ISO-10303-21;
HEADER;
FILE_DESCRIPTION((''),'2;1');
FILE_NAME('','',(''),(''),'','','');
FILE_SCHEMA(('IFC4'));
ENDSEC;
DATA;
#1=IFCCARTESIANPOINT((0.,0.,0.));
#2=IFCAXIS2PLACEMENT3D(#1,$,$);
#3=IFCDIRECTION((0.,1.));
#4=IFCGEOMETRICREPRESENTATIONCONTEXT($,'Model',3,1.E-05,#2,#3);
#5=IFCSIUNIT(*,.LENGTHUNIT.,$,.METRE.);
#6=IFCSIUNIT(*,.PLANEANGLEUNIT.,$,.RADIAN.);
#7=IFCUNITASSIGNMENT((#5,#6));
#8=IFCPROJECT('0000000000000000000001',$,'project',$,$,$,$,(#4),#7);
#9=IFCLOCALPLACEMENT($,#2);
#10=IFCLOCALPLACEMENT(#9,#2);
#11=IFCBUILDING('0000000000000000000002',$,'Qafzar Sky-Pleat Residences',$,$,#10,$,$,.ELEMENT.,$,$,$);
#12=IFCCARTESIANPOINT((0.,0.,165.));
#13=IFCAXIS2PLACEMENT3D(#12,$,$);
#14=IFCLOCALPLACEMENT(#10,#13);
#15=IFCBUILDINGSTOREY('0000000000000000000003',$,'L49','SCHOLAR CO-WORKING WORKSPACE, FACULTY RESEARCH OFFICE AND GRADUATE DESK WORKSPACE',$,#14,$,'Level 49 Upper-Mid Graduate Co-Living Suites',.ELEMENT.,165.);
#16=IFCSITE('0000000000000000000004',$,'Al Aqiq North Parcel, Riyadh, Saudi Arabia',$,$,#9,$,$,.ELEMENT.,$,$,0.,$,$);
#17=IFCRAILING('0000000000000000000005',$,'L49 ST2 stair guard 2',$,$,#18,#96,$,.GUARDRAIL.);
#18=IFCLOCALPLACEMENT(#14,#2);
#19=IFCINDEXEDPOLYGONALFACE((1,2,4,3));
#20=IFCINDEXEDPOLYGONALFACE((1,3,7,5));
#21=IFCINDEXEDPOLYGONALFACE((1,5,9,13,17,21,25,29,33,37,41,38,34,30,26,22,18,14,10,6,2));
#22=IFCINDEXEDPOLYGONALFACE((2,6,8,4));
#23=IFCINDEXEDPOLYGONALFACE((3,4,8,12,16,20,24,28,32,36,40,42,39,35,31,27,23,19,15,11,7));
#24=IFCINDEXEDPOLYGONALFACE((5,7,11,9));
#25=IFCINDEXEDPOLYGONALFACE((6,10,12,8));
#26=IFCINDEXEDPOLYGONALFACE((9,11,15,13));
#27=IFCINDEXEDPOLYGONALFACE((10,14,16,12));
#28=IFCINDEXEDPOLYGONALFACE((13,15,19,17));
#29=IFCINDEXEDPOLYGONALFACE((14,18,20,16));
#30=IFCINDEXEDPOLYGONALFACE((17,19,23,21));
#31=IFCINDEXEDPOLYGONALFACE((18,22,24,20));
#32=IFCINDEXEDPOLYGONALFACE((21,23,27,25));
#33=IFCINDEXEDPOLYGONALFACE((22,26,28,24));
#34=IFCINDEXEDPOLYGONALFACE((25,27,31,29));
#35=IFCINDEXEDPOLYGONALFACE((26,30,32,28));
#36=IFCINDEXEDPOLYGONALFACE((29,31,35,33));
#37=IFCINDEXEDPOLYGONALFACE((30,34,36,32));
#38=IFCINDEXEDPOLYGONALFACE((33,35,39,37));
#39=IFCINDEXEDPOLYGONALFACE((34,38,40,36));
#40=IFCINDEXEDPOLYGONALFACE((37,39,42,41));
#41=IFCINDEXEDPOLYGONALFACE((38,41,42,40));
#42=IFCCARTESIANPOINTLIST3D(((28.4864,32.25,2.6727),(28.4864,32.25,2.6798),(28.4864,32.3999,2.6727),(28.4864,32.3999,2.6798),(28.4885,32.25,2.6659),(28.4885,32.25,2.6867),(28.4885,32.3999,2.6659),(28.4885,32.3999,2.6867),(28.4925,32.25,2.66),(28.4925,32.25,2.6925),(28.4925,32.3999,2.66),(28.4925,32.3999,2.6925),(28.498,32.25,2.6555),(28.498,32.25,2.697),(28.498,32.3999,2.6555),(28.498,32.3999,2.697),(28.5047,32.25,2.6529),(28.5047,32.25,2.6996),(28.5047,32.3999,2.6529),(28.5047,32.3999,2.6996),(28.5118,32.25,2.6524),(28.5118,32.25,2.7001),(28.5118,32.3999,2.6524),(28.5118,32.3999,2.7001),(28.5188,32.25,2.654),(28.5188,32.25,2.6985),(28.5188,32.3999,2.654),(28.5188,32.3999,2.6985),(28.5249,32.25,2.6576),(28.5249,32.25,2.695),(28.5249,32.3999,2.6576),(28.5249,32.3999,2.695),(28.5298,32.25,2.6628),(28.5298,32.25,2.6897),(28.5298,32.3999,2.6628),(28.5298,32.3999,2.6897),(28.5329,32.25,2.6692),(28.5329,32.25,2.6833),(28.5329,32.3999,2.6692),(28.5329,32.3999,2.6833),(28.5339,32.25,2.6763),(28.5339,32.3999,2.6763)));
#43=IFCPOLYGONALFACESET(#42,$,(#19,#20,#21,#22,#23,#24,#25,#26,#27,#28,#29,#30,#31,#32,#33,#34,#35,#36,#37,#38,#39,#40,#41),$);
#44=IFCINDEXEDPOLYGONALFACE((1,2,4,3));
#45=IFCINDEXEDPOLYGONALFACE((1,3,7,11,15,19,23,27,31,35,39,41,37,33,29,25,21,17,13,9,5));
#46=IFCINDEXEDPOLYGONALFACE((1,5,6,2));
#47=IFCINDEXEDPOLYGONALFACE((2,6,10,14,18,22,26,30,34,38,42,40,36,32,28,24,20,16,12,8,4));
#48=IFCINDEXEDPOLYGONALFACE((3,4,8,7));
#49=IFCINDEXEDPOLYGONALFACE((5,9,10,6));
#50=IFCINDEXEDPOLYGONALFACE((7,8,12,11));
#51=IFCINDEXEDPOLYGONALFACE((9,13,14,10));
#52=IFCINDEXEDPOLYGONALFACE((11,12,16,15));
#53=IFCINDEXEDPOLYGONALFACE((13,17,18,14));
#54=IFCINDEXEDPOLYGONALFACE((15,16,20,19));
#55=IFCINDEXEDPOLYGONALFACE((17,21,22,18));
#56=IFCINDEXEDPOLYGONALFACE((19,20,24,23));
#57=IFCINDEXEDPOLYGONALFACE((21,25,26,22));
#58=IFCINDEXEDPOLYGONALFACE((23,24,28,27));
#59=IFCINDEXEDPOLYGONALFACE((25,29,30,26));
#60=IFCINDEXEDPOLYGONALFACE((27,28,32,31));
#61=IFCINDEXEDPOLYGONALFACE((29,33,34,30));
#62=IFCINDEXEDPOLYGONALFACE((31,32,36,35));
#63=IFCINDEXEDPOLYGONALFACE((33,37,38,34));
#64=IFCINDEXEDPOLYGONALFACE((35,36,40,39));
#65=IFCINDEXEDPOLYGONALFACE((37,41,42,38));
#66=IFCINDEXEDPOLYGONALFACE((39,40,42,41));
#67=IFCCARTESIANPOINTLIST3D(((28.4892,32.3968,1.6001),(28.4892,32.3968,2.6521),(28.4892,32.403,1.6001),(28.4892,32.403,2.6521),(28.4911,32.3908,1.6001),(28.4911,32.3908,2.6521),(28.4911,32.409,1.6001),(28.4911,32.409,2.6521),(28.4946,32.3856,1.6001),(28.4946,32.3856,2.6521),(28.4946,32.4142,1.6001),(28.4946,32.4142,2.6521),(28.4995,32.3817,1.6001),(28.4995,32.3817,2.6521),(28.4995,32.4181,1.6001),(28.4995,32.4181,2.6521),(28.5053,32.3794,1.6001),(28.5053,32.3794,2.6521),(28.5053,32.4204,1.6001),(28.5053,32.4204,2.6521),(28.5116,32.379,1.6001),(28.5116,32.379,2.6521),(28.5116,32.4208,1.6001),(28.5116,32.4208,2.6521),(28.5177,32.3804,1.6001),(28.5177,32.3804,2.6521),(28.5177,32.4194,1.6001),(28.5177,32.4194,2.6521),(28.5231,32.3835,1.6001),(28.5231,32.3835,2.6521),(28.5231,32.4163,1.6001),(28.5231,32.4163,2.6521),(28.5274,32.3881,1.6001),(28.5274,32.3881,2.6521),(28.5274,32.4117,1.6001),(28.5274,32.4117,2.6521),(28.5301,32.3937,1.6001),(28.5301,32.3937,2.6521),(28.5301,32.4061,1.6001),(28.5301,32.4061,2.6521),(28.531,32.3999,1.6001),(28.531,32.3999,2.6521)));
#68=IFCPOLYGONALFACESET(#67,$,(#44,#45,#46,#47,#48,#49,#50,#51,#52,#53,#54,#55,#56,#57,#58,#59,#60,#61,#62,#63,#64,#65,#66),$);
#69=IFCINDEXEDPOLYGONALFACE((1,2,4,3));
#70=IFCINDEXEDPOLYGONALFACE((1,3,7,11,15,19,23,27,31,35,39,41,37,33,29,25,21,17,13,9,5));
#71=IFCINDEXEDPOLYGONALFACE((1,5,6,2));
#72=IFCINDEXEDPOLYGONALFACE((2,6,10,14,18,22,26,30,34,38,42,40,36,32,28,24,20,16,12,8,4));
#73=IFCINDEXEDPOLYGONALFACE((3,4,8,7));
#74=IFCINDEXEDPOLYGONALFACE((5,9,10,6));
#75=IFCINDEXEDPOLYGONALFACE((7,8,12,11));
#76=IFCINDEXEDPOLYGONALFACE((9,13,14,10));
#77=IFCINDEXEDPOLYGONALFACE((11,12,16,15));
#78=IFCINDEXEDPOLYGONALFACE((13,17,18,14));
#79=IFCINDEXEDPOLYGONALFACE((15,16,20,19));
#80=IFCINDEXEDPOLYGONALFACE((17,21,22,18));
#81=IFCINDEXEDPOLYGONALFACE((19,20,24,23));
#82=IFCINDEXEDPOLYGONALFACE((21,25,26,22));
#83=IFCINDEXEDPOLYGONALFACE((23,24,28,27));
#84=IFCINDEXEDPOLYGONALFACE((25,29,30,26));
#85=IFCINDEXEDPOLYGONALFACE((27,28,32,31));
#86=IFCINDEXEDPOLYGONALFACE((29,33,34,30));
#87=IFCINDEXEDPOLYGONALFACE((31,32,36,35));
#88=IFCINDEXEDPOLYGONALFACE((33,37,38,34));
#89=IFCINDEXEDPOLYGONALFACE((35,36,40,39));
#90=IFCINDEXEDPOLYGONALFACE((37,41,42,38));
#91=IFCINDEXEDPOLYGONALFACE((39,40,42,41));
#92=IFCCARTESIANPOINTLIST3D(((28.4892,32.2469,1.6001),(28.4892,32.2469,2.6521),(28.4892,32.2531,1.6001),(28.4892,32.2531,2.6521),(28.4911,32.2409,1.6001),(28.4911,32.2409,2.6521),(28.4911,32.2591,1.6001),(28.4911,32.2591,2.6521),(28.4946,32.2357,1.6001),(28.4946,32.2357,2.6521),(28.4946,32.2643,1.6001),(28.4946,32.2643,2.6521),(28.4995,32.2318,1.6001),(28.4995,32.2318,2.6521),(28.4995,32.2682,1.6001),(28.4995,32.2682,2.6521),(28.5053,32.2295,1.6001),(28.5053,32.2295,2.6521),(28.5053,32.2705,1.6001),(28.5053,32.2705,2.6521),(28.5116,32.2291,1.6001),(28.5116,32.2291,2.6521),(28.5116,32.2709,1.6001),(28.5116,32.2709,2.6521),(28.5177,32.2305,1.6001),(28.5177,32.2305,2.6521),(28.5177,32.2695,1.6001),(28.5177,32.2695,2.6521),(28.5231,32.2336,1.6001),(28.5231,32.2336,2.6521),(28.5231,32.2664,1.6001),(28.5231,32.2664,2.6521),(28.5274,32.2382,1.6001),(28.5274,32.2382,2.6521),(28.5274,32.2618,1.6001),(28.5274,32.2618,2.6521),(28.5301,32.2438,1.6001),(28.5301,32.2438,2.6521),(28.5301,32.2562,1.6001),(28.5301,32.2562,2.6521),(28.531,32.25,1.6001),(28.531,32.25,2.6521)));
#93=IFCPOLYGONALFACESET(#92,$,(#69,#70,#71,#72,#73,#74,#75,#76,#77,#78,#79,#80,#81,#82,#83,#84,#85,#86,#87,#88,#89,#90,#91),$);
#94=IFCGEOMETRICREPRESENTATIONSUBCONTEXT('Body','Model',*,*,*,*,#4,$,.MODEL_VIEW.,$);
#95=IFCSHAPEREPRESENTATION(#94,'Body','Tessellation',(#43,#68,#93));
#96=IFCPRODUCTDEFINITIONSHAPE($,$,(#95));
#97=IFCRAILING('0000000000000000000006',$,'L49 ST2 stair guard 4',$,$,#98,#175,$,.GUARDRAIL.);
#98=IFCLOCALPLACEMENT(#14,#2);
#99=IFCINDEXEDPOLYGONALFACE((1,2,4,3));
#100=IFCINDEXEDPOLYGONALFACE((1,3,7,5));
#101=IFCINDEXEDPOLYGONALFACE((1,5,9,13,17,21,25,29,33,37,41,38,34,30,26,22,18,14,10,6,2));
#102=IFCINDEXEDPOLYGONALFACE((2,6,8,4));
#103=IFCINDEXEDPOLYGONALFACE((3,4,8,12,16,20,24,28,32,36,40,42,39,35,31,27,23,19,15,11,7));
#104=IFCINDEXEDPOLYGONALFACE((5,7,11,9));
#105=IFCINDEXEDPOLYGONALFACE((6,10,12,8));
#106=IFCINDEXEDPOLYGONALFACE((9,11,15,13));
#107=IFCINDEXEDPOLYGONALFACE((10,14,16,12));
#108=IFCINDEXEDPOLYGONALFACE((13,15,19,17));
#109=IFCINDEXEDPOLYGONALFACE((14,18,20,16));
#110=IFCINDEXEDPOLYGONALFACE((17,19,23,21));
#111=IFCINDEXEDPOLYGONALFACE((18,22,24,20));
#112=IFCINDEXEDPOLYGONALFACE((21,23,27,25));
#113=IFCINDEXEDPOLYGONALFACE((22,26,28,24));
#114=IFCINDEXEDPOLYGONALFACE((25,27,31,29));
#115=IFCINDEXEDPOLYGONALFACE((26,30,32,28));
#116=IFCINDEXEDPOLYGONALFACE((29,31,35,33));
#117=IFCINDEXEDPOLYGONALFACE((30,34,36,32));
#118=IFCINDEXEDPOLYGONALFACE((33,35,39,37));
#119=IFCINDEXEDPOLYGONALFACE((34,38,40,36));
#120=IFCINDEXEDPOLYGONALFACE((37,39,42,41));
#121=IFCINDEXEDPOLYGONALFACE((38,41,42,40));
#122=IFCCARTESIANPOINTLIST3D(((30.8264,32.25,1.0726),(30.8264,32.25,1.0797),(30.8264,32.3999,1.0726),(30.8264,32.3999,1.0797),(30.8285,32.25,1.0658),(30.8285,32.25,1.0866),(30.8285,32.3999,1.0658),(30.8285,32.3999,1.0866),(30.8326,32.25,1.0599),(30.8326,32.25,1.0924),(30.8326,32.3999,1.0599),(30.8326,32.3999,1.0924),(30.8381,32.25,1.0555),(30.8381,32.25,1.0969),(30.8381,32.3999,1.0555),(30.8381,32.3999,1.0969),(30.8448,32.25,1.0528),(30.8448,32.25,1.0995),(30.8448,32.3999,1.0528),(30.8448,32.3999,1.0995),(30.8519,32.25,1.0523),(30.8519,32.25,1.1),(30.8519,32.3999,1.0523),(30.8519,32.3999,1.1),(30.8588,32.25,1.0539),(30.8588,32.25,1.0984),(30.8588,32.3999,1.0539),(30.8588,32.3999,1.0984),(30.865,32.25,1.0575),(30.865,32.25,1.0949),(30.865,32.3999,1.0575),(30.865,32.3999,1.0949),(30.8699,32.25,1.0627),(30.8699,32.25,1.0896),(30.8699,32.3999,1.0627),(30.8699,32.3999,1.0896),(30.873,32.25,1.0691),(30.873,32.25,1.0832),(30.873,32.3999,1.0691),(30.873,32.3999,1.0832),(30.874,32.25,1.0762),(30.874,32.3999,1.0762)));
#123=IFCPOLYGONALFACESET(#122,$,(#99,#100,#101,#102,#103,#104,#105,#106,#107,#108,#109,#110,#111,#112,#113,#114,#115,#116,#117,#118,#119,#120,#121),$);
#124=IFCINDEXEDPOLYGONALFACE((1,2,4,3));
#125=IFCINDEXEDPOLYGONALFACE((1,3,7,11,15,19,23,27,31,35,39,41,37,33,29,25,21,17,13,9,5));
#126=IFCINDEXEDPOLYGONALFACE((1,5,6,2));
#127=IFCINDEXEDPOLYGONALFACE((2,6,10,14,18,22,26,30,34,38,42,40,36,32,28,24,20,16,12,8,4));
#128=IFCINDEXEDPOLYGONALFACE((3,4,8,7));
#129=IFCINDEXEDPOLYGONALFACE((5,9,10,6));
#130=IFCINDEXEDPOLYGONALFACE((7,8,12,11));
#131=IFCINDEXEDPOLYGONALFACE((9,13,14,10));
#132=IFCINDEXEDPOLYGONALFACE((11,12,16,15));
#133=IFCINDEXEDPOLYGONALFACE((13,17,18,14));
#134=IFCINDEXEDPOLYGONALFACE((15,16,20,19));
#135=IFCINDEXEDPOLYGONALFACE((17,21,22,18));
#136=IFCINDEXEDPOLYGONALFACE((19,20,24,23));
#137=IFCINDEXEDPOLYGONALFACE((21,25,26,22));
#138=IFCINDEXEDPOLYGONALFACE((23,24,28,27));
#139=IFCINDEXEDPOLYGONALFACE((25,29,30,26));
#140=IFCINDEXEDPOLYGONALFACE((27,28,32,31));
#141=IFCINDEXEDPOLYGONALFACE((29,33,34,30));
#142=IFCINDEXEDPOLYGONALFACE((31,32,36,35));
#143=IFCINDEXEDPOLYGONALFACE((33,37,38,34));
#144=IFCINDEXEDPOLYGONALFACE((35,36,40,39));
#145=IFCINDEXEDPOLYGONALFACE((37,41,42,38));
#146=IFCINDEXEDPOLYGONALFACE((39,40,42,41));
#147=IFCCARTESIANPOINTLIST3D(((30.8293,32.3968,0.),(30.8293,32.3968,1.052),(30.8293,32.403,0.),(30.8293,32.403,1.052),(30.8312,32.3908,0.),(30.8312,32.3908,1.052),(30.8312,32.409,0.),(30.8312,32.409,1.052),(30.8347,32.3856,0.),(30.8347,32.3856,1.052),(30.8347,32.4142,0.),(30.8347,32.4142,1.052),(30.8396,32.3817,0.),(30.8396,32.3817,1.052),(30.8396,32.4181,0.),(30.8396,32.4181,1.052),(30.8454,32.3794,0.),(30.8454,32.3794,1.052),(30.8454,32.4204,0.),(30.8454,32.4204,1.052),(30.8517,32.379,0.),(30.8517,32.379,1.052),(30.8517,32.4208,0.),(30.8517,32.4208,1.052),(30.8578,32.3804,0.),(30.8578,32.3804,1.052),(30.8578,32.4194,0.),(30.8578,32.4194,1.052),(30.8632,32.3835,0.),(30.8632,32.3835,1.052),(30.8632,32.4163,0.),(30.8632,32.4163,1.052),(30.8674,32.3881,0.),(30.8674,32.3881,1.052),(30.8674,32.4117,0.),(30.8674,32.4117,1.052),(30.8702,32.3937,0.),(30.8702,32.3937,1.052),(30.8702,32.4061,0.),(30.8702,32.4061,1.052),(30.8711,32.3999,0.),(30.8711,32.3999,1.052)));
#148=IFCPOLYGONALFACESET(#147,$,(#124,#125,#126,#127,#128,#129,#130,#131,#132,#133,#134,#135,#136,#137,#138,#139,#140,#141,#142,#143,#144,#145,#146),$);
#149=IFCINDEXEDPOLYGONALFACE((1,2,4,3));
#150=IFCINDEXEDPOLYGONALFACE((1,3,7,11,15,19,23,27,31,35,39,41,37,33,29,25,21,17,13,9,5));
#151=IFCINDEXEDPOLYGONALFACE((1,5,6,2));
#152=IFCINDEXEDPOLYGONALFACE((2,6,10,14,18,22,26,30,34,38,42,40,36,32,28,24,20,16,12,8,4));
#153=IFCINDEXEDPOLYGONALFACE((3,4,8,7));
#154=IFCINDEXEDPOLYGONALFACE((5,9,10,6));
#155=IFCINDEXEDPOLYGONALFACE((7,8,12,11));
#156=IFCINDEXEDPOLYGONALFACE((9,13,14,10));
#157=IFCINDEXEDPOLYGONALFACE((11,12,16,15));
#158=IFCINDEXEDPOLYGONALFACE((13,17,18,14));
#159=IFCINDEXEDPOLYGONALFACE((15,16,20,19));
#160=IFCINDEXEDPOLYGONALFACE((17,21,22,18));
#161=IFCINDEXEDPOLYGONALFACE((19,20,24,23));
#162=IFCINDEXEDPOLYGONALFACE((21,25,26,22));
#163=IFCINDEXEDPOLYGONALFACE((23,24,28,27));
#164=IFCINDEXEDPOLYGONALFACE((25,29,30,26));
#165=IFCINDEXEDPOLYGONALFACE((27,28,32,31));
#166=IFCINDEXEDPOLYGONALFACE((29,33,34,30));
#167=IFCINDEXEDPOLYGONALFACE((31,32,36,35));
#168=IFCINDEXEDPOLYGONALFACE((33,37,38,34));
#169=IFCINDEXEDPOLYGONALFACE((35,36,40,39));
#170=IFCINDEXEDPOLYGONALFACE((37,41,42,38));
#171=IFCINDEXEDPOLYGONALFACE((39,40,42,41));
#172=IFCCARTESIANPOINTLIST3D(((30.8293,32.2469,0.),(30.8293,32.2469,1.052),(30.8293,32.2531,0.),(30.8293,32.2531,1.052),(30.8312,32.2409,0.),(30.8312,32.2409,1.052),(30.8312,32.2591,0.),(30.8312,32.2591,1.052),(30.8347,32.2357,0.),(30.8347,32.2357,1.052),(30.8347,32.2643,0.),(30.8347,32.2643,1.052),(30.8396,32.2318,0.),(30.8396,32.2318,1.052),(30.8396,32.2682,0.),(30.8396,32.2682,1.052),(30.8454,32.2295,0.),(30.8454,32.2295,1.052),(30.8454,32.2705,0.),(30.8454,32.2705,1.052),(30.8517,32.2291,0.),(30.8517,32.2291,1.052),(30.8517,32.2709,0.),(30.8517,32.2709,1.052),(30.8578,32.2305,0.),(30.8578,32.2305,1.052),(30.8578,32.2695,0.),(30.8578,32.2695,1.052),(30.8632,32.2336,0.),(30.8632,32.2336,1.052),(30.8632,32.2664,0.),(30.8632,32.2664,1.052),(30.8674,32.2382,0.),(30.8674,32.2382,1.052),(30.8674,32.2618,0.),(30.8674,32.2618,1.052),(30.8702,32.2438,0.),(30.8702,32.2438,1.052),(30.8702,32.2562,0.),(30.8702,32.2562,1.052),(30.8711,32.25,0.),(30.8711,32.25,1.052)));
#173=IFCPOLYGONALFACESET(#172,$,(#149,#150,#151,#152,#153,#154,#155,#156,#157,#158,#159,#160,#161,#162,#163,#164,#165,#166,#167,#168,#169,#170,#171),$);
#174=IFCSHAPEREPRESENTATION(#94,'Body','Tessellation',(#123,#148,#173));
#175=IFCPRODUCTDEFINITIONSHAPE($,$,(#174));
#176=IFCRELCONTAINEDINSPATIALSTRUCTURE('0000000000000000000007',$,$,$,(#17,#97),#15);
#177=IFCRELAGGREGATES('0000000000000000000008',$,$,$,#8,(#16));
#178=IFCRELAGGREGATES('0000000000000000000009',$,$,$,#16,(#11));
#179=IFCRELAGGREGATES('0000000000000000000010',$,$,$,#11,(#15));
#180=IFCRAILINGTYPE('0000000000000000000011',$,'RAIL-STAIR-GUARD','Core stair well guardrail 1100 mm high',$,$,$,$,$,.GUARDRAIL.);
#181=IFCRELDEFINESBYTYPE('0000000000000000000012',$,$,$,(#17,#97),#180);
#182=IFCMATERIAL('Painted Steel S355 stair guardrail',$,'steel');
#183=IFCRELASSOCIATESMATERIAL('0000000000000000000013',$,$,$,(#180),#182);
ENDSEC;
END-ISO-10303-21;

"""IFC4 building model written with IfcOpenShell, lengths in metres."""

from ifc_helpers import new_model, si_unit, direction, frame, origin, origin_2d, place, context, subcontext, project, spatial, circle, extrude, source, transform, mapped, material, type_object, element, save


model = new_model("IFC4")

# Units and contexts
model_context = context("Model", 3, precision=1e-05, world=origin(), true_north=direction((0.0, 1.0)))
body_context = subcontext(model_context, "Body", "Model", "MODEL_VIEW")
ifc_project = project(units=[si_unit("LENGTHUNIT", "METRE"), si_unit("PLANEANGLEUNIT", "RADIAN")], contexts=[model_context])

# Site, building, storey
site_placement = place(None, origin())
site = spatial("IfcSite", under=ifc_project, at=site_placement, Name="Al Aqiq North Parcel, Riyadh, Saudi Arabia", CompositionType="ELEMENT", RefElevation=0.0)
building_placement = place(site_placement, origin())
building = spatial("IfcBuilding", under=site, at=building_placement, Name="Qafzar Sky-Pleat Residences", CompositionType="ELEMENT")
storey_placement = place(building_placement, frame((0.0, 0.0, 165.0)))
storey = spatial("IfcBuildingStorey", under=building, at=storey_placement, Name="L49", Description="SCHOLAR CO-WORKING WORKSPACE, FACULTY RESEARCH OFFICE AND GRADUATE DESK WORKSPACE", LongName="Level 49 Upper-Mid Graduate Co-Living Suites", CompositionType="ELEMENT", Elevation=165.0)

# Railings
ifc_material_1 = material(Name="Painted Steel S355 stair guardrail", Category="steel")
railing_type_1 = type_object("IfcRailingType", Name="RAIL-STAIR-GUARD", Description="Core stair well guardrail 1100 mm high", PredefinedType="GUARDRAIL", material=ifc_material_1)
shared_shape_1 = source(origin(), body_context, "Body", "SweptSolid", [
    extrude(circle(Radius=0.0239, at=origin_2d()), frame((0.0, 0.0, 1.0762), z_axis=(0.0, -1.0, 0.0), x_axis=(1.0, 0.0, 0.0)), (0.0, 0.0, 1.0), 0.1499),
    extrude(circle(Radius=0.021, at=origin_2d()), origin(), (0.0, 0.0, 1.0), 1.052),
    extrude(circle(Radius=0.021, at=origin_2d()), frame((0.0, -0.1499, 0.0)), (0.0, 0.0, 1.0), 1.052),
])
for number, where, name in (
    (1, (28.51, 32.3999, 1.6001), "L49 ST2 stair guard 2"),
    (2, (30.8501, 32.3999, 0.0), "L49 ST2 stair guard 4"),
):
    element("IfcRailing", number, at=place(storey_placement, frame(where)), inside=storey, type_object=railing_type_1, Name=name, PredefinedType="GUARDRAIL", context=body_context, shape_type="MappedRepresentation", body=[
        mapped(shared_shape_1, transform((0.0, 0.0, 0.0), x_axis=(1.0, 0.0, 0.0), y_axis=(0.0, 1.0, 0.0), z_axis=(0.0, 0.0, 1.0), scale=1.0)),
    ])

save(model, "model.ifc")
